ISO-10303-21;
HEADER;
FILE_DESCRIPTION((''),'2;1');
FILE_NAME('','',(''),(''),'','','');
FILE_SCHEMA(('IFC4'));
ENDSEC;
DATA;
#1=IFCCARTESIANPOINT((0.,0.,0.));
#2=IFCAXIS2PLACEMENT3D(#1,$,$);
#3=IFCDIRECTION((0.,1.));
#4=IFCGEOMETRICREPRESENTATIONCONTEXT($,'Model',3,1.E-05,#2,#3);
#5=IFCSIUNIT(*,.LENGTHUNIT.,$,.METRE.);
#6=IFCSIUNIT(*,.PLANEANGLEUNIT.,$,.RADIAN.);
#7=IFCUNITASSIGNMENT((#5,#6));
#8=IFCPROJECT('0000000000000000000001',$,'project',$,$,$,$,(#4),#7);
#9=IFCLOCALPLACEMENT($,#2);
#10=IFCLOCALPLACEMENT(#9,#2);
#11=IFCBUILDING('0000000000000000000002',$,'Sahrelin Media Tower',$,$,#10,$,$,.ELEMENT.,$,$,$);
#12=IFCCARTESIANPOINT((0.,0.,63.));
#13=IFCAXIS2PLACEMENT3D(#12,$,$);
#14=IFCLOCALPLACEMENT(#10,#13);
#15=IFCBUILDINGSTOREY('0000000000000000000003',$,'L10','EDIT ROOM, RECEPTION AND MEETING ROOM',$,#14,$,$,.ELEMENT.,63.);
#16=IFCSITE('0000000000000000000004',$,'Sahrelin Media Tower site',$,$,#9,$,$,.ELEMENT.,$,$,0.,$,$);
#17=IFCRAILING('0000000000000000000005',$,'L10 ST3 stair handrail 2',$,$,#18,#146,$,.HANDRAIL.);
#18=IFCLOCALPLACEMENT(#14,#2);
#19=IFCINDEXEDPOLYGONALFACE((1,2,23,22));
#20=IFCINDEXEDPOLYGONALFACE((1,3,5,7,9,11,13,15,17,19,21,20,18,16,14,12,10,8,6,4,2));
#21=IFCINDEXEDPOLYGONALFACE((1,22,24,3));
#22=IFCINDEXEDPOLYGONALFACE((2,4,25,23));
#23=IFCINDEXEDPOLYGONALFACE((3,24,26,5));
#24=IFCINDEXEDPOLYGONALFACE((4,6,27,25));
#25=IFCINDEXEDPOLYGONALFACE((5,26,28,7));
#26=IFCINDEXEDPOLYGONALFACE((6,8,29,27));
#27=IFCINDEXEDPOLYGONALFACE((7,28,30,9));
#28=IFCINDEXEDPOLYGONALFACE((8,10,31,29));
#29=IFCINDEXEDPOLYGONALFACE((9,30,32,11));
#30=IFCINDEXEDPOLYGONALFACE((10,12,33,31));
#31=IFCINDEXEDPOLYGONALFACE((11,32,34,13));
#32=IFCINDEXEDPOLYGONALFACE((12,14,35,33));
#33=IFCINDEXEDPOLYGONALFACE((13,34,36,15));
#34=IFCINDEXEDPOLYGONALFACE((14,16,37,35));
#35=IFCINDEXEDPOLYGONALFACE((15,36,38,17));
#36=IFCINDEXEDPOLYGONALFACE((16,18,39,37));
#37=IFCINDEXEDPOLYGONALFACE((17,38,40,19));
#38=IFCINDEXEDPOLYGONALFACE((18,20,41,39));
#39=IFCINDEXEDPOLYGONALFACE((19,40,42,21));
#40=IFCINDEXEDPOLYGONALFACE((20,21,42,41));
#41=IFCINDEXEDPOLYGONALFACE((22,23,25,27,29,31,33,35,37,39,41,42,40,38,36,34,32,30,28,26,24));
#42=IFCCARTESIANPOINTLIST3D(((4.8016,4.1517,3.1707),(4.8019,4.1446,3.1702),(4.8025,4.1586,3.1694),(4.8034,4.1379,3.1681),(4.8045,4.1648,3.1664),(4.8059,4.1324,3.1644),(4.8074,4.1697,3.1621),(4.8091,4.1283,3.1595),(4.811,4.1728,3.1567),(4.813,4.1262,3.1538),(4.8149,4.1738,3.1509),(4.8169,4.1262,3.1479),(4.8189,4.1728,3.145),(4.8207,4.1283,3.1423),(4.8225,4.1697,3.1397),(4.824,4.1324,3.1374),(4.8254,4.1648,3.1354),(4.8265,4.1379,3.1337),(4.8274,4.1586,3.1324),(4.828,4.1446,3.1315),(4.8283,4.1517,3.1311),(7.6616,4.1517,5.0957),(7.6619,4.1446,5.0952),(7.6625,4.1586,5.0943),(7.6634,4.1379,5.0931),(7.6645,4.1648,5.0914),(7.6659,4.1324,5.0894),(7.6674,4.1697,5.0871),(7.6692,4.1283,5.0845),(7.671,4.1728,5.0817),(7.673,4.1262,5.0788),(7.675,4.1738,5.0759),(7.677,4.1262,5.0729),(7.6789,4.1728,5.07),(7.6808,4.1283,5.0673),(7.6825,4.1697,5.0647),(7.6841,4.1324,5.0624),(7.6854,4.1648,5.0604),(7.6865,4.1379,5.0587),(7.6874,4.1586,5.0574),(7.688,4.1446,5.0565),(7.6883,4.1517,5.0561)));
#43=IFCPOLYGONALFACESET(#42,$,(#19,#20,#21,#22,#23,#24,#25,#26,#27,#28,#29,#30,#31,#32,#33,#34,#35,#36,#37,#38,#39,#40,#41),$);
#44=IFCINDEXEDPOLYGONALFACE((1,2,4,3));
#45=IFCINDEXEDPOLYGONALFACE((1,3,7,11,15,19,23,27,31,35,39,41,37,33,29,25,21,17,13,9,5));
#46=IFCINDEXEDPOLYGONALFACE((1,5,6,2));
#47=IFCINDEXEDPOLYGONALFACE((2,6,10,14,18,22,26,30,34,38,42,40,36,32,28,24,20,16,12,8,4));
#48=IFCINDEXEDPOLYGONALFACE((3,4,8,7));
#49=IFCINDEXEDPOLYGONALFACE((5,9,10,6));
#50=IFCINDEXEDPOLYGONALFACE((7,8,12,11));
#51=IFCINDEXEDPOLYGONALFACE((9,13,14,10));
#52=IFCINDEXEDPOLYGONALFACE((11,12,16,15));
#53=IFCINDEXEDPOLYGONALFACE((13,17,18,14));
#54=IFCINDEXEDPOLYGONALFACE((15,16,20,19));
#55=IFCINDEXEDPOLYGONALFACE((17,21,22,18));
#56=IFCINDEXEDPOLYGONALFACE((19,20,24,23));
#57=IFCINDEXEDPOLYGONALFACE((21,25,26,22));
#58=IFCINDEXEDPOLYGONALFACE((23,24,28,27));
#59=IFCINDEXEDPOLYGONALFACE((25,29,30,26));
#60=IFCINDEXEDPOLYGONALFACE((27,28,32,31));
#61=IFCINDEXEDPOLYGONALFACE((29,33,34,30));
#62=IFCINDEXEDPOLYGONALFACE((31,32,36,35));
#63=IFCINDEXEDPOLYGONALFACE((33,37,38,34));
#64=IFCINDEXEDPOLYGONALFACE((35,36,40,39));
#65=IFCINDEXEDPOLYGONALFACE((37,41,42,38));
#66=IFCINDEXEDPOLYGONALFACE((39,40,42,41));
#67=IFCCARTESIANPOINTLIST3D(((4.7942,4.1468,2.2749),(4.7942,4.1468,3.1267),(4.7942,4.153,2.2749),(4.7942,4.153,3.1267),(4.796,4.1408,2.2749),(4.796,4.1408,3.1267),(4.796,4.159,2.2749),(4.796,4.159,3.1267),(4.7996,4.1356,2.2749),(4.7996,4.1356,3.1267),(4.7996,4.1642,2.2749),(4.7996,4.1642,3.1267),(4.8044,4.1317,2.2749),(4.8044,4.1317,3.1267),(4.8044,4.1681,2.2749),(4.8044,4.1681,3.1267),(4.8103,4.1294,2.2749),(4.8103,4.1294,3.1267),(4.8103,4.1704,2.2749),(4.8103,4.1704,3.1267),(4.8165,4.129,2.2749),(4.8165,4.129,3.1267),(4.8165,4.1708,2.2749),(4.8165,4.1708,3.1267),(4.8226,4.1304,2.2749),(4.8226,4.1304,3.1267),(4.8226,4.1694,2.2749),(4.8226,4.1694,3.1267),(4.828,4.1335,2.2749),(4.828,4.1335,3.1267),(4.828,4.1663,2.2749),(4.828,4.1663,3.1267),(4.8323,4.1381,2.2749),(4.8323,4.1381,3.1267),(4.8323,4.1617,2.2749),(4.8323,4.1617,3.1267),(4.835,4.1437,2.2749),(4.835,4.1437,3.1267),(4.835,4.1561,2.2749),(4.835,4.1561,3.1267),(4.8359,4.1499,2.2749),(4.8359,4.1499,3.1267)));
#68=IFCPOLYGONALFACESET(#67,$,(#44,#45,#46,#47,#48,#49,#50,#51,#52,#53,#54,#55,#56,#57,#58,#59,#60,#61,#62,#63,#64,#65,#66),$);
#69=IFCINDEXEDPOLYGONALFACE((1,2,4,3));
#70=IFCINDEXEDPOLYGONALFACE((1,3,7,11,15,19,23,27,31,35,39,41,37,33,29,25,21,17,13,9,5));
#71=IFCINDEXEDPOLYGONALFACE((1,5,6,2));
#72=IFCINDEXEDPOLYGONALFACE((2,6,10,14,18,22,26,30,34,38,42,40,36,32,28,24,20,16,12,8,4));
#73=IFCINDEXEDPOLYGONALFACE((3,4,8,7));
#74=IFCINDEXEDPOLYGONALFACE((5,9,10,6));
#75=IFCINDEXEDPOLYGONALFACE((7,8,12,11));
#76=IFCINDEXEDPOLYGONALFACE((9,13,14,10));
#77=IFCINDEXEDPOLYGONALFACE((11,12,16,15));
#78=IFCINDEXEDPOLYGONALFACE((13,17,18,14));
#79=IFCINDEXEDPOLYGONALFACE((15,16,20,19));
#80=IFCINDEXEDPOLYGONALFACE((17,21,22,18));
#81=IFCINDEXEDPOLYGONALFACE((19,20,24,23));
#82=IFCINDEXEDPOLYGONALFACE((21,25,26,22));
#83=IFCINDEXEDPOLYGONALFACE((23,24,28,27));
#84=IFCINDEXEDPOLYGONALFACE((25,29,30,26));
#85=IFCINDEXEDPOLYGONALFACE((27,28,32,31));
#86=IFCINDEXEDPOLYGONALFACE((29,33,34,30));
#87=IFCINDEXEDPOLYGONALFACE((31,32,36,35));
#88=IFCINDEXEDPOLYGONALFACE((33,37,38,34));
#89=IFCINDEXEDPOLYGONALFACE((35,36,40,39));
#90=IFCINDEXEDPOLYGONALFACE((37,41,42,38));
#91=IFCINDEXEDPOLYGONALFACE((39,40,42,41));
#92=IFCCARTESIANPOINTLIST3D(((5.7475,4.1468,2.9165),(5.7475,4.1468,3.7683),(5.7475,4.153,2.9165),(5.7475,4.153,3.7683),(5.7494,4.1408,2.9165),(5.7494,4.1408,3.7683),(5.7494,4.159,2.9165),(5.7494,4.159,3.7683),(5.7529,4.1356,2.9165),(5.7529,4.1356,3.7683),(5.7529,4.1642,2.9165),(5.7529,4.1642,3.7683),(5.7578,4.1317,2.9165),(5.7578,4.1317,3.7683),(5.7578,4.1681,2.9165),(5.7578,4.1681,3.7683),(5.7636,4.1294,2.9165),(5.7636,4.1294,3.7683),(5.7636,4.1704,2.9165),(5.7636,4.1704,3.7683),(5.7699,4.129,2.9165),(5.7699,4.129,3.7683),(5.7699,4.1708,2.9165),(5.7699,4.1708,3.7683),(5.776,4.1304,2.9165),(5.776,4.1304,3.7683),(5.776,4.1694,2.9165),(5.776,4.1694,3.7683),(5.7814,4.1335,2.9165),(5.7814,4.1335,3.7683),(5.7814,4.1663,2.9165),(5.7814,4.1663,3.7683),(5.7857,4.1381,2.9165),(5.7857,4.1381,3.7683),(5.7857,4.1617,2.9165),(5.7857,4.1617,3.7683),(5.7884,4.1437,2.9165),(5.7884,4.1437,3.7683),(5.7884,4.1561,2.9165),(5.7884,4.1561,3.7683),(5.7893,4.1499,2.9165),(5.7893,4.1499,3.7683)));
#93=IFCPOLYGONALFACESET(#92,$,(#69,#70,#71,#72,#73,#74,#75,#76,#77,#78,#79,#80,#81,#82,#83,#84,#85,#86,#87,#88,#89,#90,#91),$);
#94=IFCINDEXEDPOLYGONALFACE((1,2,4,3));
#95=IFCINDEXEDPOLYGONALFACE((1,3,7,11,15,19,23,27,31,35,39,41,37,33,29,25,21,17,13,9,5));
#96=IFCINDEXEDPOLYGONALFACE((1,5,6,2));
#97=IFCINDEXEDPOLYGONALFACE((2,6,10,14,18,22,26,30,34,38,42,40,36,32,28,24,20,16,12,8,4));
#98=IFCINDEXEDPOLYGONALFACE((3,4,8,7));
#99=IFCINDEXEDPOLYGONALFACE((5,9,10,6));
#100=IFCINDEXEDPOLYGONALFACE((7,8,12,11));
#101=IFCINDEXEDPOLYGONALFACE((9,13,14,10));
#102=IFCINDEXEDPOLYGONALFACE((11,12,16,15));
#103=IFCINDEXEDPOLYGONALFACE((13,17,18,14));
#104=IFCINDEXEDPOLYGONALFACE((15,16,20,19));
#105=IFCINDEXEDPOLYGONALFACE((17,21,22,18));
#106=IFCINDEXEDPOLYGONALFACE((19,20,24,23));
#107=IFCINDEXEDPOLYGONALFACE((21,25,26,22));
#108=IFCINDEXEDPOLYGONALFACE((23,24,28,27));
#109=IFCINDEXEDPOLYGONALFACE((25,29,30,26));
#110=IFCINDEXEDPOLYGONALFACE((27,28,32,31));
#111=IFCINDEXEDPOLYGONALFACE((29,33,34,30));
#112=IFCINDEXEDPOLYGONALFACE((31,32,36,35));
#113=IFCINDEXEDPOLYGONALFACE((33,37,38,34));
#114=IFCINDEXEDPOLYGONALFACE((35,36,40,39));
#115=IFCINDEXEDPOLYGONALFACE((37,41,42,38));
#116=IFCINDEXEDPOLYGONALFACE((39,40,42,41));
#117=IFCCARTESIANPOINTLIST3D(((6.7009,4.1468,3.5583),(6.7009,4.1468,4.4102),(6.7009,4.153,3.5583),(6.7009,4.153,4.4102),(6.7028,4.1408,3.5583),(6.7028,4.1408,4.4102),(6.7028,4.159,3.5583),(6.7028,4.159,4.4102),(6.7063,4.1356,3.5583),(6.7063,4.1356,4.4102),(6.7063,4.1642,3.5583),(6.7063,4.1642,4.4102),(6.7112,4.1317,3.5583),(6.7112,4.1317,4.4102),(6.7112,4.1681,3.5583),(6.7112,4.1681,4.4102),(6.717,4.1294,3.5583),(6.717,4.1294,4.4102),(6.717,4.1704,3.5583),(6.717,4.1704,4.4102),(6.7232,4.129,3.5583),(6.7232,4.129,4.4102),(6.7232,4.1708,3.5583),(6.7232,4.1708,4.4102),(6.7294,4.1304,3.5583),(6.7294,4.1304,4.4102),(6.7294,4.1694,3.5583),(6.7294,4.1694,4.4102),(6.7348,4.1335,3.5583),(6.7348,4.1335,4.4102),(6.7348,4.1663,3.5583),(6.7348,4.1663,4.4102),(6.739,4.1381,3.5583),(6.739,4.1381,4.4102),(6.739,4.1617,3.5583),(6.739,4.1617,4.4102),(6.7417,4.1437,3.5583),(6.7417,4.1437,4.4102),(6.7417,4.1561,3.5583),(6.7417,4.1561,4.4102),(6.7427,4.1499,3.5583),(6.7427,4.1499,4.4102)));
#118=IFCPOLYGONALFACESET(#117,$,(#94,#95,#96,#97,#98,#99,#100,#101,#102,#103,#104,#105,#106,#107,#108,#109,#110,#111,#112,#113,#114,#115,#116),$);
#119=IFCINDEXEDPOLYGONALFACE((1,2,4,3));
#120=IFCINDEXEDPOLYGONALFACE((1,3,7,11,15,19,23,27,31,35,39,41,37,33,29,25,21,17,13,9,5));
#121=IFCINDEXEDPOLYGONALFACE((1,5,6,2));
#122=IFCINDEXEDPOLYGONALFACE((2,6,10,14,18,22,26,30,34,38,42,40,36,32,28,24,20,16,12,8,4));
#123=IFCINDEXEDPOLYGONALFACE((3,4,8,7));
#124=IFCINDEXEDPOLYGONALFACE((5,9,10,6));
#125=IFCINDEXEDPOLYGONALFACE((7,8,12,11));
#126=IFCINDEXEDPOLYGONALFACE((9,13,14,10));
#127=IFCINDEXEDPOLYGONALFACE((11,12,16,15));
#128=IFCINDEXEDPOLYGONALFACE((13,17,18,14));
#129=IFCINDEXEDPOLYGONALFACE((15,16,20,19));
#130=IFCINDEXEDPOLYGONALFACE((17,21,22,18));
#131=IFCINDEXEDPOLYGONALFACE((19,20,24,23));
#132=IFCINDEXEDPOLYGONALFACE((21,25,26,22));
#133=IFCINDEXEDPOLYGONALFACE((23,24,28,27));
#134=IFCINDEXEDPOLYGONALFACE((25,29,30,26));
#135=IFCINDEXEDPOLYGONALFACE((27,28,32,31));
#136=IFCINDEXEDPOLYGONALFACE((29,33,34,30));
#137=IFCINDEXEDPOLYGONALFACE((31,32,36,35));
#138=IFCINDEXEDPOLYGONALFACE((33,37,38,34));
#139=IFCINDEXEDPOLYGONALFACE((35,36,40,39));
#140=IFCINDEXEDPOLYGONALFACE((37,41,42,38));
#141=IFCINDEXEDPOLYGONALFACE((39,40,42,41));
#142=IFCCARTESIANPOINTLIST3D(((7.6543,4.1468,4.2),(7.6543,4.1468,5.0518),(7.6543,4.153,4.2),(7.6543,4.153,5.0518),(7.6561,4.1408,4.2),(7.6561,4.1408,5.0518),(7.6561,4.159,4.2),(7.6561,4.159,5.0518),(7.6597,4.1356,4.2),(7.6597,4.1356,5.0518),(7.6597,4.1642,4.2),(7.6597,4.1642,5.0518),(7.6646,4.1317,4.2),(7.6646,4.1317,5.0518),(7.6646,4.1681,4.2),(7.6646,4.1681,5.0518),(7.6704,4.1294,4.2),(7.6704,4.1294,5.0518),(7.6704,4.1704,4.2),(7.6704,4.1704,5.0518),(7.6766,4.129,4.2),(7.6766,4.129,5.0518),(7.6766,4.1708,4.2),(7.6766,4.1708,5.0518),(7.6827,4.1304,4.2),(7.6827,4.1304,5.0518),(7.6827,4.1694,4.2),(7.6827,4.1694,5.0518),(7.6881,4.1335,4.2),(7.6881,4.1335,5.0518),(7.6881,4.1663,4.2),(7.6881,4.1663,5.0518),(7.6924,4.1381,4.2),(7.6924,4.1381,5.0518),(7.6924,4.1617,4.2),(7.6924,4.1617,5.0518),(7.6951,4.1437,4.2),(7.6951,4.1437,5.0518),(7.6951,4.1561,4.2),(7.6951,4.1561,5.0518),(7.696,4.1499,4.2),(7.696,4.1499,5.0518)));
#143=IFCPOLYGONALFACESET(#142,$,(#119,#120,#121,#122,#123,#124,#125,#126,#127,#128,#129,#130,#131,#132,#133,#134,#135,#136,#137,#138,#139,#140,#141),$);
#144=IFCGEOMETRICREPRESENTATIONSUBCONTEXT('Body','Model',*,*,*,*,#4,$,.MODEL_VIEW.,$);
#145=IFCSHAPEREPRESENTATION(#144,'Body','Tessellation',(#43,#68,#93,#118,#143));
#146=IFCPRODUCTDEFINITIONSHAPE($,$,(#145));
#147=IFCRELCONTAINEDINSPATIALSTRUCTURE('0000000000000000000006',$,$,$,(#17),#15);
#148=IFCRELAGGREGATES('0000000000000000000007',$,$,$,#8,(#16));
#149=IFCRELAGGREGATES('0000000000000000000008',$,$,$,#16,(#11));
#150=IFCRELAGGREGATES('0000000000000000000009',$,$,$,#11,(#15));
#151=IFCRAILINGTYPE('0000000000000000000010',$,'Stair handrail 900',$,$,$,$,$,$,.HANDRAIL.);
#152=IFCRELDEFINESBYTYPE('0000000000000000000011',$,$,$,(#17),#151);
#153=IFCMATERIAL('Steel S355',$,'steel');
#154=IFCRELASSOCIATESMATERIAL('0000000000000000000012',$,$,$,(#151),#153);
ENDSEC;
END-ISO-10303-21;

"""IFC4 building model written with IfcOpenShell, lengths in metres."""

from ifc_helpers import new_model, si_unit, direction, frame, origin, origin_2d, place, context, subcontext, project, spatial, circle, extrude, material, type_object, element, save


model = new_model("IFC4")

# Units and contexts
model_context = context("Model", 3, precision=1e-05, world=origin(), true_north=direction((0.0, 1.0)))
body_context = subcontext(model_context, "Body", "Model", "MODEL_VIEW")
ifc_project = project(units=[si_unit("LENGTHUNIT", "METRE"), si_unit("PLANEANGLEUNIT", "RADIAN")], contexts=[model_context])

# Site, building, storey
site_placement = place(None, origin())
site = spatial("IfcSite", under=ifc_project, at=site_placement, Name="Sahrelin Media Tower site", CompositionType="ELEMENT", RefElevation=0.0)
building_placement = place(site_placement, origin())
building = spatial("IfcBuilding", under=site, at=building_placement, Name="Sahrelin Media Tower", CompositionType="ELEMENT")
storey_placement = place(building_placement, frame((0.0, 0.0, 63.0)))
storey = spatial("IfcBuildingStorey", under=building, at=storey_placement, Name="L10", Description="EDIT ROOM, RECEPTION AND MEETING ROOM", CompositionType="ELEMENT", Elevation=63.0)

# Shared definitions
ifc_material_1 = material(Name="Steel S355", Category="steel")

# Railing
railing_type_1 = type_object("IfcRailingType", Name="Stair handrail 900", PredefinedType="HANDRAIL", material=ifc_material_1)
railing_1_placement = place(storey_placement, frame((4.8149, 4.1499, 2.2749)))
element("IfcRailing", 1, at=railing_1_placement, inside=storey, type_object=railing_type_1, Name="L10 ST3 stair handrail 2", PredefinedType="HANDRAIL", context=body_context, shape_type="SweptSolid", body=[
    extrude(circle(Radius=0.0239, at=origin_2d()), frame((0.0, 0.0, 0.876), z_axis=(0.829591, 0.0, 0.558372), x_axis=(0.0, 1.0, 0.0)), (0.0, 0.0, 1.0), 3.4475),
    extrude(circle(Radius=0.021, at=origin_2d()), origin(), (0.0, 0.0, 1.0), 0.8518),
    extrude(circle(Radius=0.021, at=origin_2d()), frame((0.9534, 0.0, 0.6416)), (0.0, 0.0, 1.0), 0.8518),
    extrude(circle(Radius=0.021, at=origin_2d()), frame((1.9067, 0.0, 1.2834)), (0.0, 0.0, 1.0), 0.8518),
    extrude(circle(Radius=0.021, at=origin_2d()), frame((2.8601, 0.0, 1.925)), (0.0, 0.0, 1.0), 0.8518),
])

save(model, "model.ifc")
